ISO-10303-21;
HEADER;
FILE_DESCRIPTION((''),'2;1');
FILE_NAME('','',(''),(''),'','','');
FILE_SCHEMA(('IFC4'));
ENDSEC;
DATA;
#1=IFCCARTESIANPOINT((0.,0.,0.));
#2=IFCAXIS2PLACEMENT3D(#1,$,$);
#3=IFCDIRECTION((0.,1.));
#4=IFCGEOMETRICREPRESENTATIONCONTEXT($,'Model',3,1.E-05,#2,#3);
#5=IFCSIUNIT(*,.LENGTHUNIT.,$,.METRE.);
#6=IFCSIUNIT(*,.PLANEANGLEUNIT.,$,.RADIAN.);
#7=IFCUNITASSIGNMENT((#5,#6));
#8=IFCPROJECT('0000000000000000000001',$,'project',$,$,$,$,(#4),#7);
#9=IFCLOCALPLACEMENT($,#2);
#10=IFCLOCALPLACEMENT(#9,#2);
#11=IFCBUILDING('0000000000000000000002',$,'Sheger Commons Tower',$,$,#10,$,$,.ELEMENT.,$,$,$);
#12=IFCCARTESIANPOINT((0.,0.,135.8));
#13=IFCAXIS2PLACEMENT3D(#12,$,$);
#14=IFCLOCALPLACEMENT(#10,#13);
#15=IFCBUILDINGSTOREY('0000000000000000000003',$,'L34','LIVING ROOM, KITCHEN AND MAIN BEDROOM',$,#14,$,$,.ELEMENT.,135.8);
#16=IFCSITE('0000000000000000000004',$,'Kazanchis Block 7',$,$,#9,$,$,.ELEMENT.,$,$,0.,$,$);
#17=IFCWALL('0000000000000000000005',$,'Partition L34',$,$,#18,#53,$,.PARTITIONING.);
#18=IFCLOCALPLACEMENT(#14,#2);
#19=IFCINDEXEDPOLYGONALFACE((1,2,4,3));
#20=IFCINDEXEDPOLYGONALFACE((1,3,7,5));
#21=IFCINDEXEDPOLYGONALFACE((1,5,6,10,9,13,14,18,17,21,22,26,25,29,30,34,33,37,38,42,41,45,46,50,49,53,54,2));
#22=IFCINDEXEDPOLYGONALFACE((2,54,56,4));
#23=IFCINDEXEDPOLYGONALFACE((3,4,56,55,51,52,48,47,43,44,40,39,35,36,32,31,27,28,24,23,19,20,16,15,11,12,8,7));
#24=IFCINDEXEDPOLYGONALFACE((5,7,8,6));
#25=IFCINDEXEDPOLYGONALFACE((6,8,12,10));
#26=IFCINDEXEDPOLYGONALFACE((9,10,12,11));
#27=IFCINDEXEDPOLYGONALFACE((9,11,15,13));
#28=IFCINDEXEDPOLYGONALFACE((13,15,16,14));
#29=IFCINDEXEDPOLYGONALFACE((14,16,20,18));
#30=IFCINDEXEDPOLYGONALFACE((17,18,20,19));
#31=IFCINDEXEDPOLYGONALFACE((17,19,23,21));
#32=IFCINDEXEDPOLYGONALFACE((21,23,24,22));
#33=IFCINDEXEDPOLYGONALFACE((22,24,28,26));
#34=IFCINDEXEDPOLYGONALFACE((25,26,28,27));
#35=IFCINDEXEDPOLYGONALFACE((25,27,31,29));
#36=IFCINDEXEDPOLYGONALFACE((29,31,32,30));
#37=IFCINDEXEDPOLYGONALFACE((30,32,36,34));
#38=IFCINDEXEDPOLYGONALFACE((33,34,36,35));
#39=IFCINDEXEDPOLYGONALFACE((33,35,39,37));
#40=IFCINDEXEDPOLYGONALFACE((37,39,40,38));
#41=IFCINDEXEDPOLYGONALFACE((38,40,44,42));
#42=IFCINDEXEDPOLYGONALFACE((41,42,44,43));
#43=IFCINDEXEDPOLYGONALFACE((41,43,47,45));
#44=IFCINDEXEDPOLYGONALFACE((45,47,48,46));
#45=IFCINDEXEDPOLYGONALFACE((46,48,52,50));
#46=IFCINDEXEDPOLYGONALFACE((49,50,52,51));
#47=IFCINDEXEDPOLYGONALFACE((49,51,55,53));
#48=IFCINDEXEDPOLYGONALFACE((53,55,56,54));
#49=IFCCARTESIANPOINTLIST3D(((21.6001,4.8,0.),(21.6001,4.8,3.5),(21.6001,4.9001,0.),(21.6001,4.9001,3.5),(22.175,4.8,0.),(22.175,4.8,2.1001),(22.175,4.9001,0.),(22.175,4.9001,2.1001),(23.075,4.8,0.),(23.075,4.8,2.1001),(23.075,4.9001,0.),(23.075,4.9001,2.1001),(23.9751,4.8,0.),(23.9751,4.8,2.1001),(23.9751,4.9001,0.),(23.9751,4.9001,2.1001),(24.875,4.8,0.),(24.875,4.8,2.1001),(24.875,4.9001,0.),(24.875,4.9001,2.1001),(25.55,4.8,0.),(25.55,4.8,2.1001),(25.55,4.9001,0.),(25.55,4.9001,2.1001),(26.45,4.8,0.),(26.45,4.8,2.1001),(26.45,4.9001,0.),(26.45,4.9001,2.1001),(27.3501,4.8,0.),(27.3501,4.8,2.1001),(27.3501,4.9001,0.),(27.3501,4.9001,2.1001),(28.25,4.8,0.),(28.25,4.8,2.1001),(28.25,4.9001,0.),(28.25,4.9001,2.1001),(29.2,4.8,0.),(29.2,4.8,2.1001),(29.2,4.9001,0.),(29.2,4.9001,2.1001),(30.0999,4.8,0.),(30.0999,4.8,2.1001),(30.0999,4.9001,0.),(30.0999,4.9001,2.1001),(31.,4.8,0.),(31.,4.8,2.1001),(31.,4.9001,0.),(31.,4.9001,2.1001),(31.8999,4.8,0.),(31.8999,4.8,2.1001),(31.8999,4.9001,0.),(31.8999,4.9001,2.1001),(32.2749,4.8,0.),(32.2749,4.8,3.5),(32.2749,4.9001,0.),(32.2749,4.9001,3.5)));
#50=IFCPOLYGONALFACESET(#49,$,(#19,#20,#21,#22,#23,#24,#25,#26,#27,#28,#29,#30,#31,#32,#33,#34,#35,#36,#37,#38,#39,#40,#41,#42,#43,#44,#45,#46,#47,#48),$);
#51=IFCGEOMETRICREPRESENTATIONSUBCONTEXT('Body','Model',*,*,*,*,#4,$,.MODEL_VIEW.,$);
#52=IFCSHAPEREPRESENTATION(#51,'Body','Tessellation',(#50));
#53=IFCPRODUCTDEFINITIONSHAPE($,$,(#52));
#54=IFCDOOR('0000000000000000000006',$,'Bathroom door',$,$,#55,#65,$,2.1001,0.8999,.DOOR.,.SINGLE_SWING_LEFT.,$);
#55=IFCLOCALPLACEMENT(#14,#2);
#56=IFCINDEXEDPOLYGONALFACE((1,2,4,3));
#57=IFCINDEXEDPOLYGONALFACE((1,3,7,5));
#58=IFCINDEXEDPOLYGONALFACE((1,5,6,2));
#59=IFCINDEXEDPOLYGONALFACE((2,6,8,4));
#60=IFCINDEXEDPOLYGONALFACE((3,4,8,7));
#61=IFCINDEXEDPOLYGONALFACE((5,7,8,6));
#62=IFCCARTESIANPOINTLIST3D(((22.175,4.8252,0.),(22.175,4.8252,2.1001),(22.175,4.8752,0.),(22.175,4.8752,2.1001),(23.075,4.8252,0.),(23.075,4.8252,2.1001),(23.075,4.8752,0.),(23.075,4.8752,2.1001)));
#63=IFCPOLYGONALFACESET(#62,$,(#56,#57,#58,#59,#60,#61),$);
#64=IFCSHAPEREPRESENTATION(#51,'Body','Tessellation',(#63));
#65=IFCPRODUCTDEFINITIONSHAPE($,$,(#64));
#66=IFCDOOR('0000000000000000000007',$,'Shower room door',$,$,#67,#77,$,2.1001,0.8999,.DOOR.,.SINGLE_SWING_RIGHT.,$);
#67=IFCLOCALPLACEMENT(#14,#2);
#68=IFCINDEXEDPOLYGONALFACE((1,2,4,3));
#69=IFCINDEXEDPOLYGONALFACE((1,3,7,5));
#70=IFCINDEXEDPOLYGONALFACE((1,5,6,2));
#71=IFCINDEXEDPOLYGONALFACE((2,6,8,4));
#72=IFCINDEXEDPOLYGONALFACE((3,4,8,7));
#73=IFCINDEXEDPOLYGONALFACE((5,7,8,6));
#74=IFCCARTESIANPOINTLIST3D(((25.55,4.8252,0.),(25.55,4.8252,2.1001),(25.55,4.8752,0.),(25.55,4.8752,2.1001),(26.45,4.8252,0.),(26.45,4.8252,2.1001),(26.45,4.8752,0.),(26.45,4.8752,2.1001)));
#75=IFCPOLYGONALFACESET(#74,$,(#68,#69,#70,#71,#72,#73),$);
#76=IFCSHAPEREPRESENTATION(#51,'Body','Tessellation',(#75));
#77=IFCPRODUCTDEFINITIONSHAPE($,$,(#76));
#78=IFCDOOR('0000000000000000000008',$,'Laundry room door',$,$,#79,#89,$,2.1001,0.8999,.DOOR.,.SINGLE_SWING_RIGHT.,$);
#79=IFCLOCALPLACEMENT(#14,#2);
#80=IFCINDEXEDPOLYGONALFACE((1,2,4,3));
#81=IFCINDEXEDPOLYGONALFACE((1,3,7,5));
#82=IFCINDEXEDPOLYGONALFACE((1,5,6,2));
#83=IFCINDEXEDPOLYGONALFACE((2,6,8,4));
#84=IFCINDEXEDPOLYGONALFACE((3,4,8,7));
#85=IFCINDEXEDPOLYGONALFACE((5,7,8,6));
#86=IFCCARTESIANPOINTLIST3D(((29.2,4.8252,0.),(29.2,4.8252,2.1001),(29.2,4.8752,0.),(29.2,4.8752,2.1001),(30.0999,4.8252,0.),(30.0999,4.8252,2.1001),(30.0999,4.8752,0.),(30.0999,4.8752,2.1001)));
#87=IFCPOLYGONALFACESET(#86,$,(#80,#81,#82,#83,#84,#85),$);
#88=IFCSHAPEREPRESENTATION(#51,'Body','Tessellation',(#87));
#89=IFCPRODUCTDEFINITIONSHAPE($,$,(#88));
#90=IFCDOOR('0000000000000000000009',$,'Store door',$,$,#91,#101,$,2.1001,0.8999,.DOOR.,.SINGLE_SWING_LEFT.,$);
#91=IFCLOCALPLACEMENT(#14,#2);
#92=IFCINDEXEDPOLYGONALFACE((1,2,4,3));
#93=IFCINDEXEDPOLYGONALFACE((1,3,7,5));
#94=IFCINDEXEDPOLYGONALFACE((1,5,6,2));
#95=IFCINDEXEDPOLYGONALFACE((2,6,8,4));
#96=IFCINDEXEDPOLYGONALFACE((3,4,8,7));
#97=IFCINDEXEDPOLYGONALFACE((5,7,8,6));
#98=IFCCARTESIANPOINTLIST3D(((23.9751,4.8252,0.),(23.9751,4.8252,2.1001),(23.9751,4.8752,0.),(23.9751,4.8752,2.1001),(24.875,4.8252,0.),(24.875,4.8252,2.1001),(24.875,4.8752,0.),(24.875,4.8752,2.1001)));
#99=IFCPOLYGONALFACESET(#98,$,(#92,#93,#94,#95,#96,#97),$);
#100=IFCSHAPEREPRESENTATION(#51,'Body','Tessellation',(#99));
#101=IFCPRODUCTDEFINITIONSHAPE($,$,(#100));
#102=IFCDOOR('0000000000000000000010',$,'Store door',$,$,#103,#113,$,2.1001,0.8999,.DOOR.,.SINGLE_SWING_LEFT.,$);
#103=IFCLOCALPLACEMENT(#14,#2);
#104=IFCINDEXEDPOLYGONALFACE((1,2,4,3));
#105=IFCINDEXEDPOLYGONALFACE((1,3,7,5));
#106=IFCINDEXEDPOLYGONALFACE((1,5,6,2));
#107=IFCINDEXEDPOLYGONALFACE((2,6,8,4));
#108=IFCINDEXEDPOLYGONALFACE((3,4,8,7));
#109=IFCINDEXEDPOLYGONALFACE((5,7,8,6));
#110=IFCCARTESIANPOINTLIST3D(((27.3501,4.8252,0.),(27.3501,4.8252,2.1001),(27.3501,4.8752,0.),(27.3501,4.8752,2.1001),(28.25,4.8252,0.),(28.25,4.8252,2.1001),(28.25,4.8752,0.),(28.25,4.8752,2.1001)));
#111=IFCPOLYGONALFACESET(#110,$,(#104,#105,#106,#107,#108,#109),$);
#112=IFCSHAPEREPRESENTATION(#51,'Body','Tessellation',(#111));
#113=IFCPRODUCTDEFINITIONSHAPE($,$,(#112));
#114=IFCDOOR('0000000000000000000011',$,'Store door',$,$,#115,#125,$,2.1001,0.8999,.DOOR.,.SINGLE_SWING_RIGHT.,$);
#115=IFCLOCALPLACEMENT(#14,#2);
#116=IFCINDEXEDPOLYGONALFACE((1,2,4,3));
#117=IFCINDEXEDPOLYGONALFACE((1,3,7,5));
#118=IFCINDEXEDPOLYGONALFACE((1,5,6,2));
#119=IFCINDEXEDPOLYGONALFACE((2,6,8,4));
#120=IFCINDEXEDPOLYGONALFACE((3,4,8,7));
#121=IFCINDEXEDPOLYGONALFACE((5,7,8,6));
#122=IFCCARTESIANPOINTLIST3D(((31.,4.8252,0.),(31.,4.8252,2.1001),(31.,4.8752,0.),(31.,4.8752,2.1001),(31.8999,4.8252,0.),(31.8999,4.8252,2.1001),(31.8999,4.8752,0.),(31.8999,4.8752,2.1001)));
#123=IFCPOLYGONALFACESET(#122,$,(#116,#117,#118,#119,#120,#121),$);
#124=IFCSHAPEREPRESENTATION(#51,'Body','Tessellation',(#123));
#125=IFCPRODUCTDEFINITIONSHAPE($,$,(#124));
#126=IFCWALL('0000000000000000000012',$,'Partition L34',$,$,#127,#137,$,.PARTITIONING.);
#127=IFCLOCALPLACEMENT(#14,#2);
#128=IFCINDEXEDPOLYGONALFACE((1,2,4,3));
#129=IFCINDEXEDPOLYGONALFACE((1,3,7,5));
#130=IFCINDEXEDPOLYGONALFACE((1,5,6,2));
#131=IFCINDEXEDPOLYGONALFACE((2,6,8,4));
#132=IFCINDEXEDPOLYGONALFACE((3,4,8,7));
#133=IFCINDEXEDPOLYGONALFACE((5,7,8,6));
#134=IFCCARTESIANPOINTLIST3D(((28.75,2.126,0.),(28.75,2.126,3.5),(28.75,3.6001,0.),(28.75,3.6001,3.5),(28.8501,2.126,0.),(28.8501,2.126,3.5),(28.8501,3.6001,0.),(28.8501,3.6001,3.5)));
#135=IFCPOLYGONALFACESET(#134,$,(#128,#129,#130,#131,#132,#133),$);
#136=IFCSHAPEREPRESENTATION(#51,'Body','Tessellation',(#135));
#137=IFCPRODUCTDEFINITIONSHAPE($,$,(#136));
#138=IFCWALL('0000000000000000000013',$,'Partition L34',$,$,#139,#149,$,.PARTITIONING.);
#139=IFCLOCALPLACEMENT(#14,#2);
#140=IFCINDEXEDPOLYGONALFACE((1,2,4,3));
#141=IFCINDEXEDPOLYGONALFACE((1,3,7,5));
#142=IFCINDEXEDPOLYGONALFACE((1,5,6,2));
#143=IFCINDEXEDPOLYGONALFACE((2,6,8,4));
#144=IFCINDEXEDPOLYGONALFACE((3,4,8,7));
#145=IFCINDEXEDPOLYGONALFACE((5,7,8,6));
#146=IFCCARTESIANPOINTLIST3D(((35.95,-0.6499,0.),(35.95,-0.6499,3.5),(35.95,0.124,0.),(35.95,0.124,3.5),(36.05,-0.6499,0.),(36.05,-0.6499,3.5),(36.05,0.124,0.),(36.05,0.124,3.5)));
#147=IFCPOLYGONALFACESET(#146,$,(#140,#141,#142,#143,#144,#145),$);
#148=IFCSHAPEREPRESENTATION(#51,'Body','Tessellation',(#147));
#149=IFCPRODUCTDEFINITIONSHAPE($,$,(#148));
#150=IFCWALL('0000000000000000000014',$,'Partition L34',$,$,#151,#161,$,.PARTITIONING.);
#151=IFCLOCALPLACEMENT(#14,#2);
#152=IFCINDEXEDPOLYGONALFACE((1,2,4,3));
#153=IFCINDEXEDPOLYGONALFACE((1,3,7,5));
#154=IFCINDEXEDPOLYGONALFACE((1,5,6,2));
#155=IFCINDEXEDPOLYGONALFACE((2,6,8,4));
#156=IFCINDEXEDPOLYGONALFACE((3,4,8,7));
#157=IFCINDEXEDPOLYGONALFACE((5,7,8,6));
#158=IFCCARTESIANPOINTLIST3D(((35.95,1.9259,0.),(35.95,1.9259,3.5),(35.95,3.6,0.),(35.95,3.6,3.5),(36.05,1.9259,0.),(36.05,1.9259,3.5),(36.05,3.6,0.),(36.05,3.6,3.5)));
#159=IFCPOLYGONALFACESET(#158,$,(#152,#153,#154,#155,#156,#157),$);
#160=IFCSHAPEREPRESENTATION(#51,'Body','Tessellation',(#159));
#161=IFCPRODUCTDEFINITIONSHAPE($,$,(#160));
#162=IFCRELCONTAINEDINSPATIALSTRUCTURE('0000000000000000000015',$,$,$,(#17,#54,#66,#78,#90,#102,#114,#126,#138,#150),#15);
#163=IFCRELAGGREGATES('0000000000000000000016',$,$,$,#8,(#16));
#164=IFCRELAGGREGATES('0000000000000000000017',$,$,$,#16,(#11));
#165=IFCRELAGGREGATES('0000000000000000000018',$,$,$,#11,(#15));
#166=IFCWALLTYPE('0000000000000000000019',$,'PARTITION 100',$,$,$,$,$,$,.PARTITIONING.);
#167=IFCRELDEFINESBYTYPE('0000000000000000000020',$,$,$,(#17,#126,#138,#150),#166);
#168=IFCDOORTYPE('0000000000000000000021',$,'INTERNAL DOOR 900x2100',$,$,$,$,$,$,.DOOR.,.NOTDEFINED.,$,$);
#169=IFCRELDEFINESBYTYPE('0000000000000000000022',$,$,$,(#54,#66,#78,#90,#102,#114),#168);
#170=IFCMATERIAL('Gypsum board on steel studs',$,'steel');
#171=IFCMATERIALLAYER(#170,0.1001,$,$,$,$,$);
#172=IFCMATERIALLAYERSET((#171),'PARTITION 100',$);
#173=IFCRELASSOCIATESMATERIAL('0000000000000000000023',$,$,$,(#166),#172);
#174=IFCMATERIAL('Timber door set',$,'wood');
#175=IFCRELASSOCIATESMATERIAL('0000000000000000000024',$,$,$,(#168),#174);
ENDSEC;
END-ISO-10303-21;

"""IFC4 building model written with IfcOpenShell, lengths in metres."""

from ifc_helpers import new_model, si_unit, direction, frame, frame_2d, origin, place, context, subcontext, project, spatial, rectangle, extrude, material, layer, layer_set, type_object, element, fill, save


model = new_model("IFC4")

# Units and contexts
model_context = context("Model", 3, precision=1e-05, world=origin(), true_north=direction((0.0, 1.0)))
body_context = subcontext(model_context, "Body", "Model", "MODEL_VIEW")
ifc_project = project(units=[si_unit("LENGTHUNIT", "METRE"), si_unit("PLANEANGLEUNIT", "RADIAN")], contexts=[model_context])

# Site, building, storey
site_placement = place(None, origin())
site = spatial("IfcSite", under=ifc_project, at=site_placement, Name="Kazanchis Block 7", CompositionType="ELEMENT", RefElevation=0.0)
building_placement = place(site_placement, origin())
building = spatial("IfcBuilding", under=site, at=building_placement, Name="Sheger Commons Tower", CompositionType="ELEMENT")
storey_placement = place(building_placement, frame((0.0, 0.0, 135.8)))
storey = spatial("IfcBuildingStorey", under=building, at=storey_placement, Name="L34", Description="LIVING ROOM, KITCHEN AND MAIN BEDROOM", CompositionType="ELEMENT", Elevation=135.8)

# Wall, openings, doors
ifc_material_1 = material(Name="Gypsum board on steel studs", Category="steel")
ifc_layer_1 = layer(ifc_material_1, 0.1001)
ifc_layer_set_1 = layer_set([ifc_layer_1], Name="PARTITION 100")
wall_type_1 = type_object("IfcWallType", Name="PARTITION 100", PredefinedType="PARTITIONING", material=ifc_layer_set_1)
ifc_material_2 = material(Name="Timber door set", Category="wood")
door_type = type_object("IfcDoorType", Name="INTERNAL DOOR 900x2100", OperationType="NOTDEFINED", PredefinedType="DOOR", material=ifc_material_2)
wall_1_placement = place(storey_placement, frame((32.2749, 4.8501, 0.0), z_axis=(0.0, 0.0, 1.0), x_axis=(-1.0, 0.0, 0.0)))
wall_1 = element("IfcWall", 1, at=wall_1_placement, inside=storey, type_object=wall_type_1, Name="Partition L34", PredefinedType="PARTITIONING", context=body_context, shape_type="SweptSolid", body=[
    extrude(rectangle(XDim=10.6748, YDim=0.1001, at=frame_2d((5.3374, 0.0))), origin(), (0.0, 0.0, 1.0), 3.5),
])
opening_1_placement = place(wall_1_placement, frame((9.2, 0.0, 0.0)))
opening_1 = element("IfcOpeningElement", 2, at=opening_1_placement, cuts=wall_1, PredefinedType="OPENING", context=body_context, shape_type="SweptSolid", body=[
    extrude(rectangle(XDim=0.8999, YDim=2.1001, at=frame_2d((0.45, 1.05))), frame((0.0, 0.0601, 0.0), z_axis=(0.0, -1.0, 0.0), x_axis=(1.0, 0.0, 0.0)), (0.0, 0.0, 1.0), 0.1201),
])
opening_2_placement = place(wall_1_placement, frame((5.825, 0.0, 0.0)))
opening_2 = element("IfcOpeningElement", 3, at=opening_2_placement, cuts=wall_1, PredefinedType="OPENING", context=body_context, shape_type="SweptSolid", body=[
    extrude(rectangle(XDim=0.8999, YDim=2.1001, at=frame_2d((0.45, 1.05))), frame((0.0, 0.0601, 0.0), z_axis=(0.0, -1.0, 0.0), x_axis=(1.0, 0.0, 0.0)), (0.0, 0.0, 1.0), 0.1201),
])
opening_3_placement = place(wall_1_placement, frame((2.175, 0.0, 0.0)))
opening_3 = element("IfcOpeningElement", 4, at=opening_3_placement, cuts=wall_1, PredefinedType="OPENING", context=body_context, shape_type="SweptSolid", body=[
    extrude(rectangle(XDim=0.8999, YDim=2.1001, at=frame_2d((0.45, 1.05))), frame((0.0, 0.0601, 0.0), z_axis=(0.0, -1.0, 0.0), x_axis=(1.0, 0.0, 0.0)), (0.0, 0.0, 1.0), 0.1201),
])
opening_4_placement = place(wall_1_placement, frame((7.3999, 0.0, 0.0)))
opening_4 = element("IfcOpeningElement", 5, at=opening_4_placement, cuts=wall_1, PredefinedType="OPENING", context=body_context, shape_type="SweptSolid", body=[
    extrude(rectangle(XDim=0.8999, YDim=2.1001, at=frame_2d((0.45, 1.05))), frame((0.0, 0.0601, 0.0), z_axis=(0.0, -1.0, 0.0), x_axis=(1.0, 0.0, 0.0)), (0.0, 0.0, 1.0), 0.1201),
])
opening_5_placement = place(wall_1_placement, frame((4.0249, 0.0, 0.0)))
opening_5 = element("IfcOpeningElement", 6, at=opening_5_placement, cuts=wall_1, PredefinedType="OPENING", context=body_context, shape_type="SweptSolid", body=[
    extrude(rectangle(XDim=0.8999, YDim=2.1001, at=frame_2d((0.45, 1.05))), frame((0.0, 0.0601, 0.0), z_axis=(0.0, -1.0, 0.0), x_axis=(1.0, 0.0, 0.0)), (0.0, 0.0, 1.0), 0.1201),
])
opening_6_placement = place(wall_1_placement, frame((0.375, 0.0, 0.0)))
opening_6 = element("IfcOpeningElement", 7, at=opening_6_placement, cuts=wall_1, PredefinedType="OPENING", context=body_context, shape_type="SweptSolid", body=[
    extrude(rectangle(XDim=0.8999, YDim=2.1001, at=frame_2d((0.45, 1.05))), frame((0.0, 0.0601, 0.0), z_axis=(0.0, -1.0, 0.0), x_axis=(1.0, 0.0, 0.0)), (0.0, 0.0, 1.0), 0.1201),
])
door_1_placement = place(opening_1_placement, origin())
door_1 = element("IfcDoor", 8, at=door_1_placement, inside=storey, type_object=door_type, Name="Bathroom door", OperationType="SINGLE_SWING_LEFT", OverallHeight=2.1001, OverallWidth=0.8999, PredefinedType="DOOR", context=body_context, shape_type="SweptSolid", body=[
    extrude(rectangle(XDim=0.8999, YDim=2.1001, at=frame_2d((0.45, 1.05))), frame((0.0, 0.0249, 0.0), z_axis=(0.0, -1.0, 0.0), x_axis=(1.0, 0.0, 0.0)), (0.0, 0.0, 1.0), 0.05),
])
fill(opening_1, door_1)
door_2_placement = place(opening_2_placement, origin())
door_2 = element("IfcDoor", 9, at=door_2_placement, inside=storey, type_object=door_type, Name="Shower room door", OperationType="SINGLE_SWING_RIGHT", OverallHeight=2.1001, OverallWidth=0.8999, PredefinedType="DOOR", context=body_context, shape_type="SweptSolid", body=[
    extrude(rectangle(XDim=0.8999, YDim=2.1001, at=frame_2d((0.45, 1.05))), frame((0.0, 0.0249, 0.0), z_axis=(0.0, -1.0, 0.0), x_axis=(1.0, 0.0, 0.0)), (0.0, 0.0, 1.0), 0.05),
])
fill(opening_2, door_2)
door_3_placement = place(opening_3_placement, origin())
door_3 = element("IfcDoor", 10, at=door_3_placement, inside=storey, type_object=door_type, Name="Laundry room door", OperationType="SINGLE_SWING_RIGHT", OverallHeight=2.1001, OverallWidth=0.8999, PredefinedType="DOOR", context=body_context, shape_type="SweptSolid", body=[
    extrude(rectangle(XDim=0.8999, YDim=2.1001, at=frame_2d((0.45, 1.05))), frame((0.0, 0.0249, 0.0), z_axis=(0.0, -1.0, 0.0), x_axis=(1.0, 0.0, 0.0)), (0.0, 0.0, 1.0), 0.05),
])
fill(opening_3, door_3)
door_4_placement = place(opening_4_placement, origin())
door_4 = element("IfcDoor", 11, at=door_4_placement, inside=storey, type_object=door_type, Name="Store door", OperationType="SINGLE_SWING_LEFT", OverallHeight=2.1001, OverallWidth=0.8999, PredefinedType="DOOR", context=body_context, shape_type="SweptSolid", body=[
    extrude(rectangle(XDim=0.8999, YDim=2.1001, at=frame_2d((0.45, 1.05))), frame((0.0, 0.0249, 0.0), z_axis=(0.0, -1.0, 0.0), x_axis=(1.0, 0.0, 0.0)), (0.0, 0.0, 1.0), 0.05),
])
fill(opening_4, door_4)
door_5_placement = place(opening_5_placement, origin())
door_5 = element("IfcDoor", 12, at=door_5_placement, inside=storey, type_object=door_type, Name="Store door", OperationType="SINGLE_SWING_LEFT", OverallHeight=2.1001, OverallWidth=0.8999, PredefinedType="DOOR", context=body_context, shape_type="SweptSolid", body=[
    extrude(rectangle(XDim=0.8999, YDim=2.1001, at=frame_2d((0.45, 1.05))), frame((0.0, 0.0249, 0.0), z_axis=(0.0, -1.0, 0.0), x_axis=(1.0, 0.0, 0.0)), (0.0, 0.0, 1.0), 0.05),
])
fill(opening_5, door_5)
door_6_placement = place(opening_6_placement, origin())
door_6 = element("IfcDoor", 13, at=door_6_placement, inside=storey, type_object=door_type, Name="Store door", OperationType="SINGLE_SWING_RIGHT", OverallHeight=2.1001, OverallWidth=0.8999, PredefinedType="DOOR", context=body_context, shape_type="SweptSolid", body=[
    extrude(rectangle(XDim=0.8999, YDim=2.1001, at=frame_2d((0.45, 1.05))), frame((0.0, 0.0249, 0.0), z_axis=(0.0, -1.0, 0.0), x_axis=(1.0, 0.0, 0.0)), (0.0, 0.0, 1.0), 0.05),
])
fill(opening_6, door_6)

# Walls
wall_2_placement = place(storey_placement, frame((28.8, 2.126, 0.0), z_axis=(0.0, 0.0, 1.0), x_axis=(0.0, 1.0, 0.0)))
element("IfcWall", 14, at=wall_2_placement, inside=storey, type_object=wall_type_1, Name="Partition L34", PredefinedType="PARTITIONING", context=body_context, shape_type="SweptSolid", body=[
    extrude(rectangle(XDim=1.4741, YDim=0.1001, at=frame_2d((0.7371, 0.0))), origin(), (0.0, 0.0, 1.0), 3.5),
])
wall_3_placement = place(storey_placement, frame((36.0, -0.6499, 0.0), z_axis=(0.0, 0.0, 1.0), x_axis=(0.0, 1.0, 0.0)))
element("IfcWall", 15, at=wall_3_placement, inside=storey, type_object=wall_type_1, Name="Partition L34", PredefinedType="PARTITIONING", context=body_context, shape_type="SweptSolid", body=[
    extrude(rectangle(XDim=0.7739, YDim=0.1001, at=frame_2d((0.387, 0.0))), origin(), (0.0, 0.0, 1.0), 3.5),
])
wall_4_placement = place(storey_placement, frame((36.0, 1.926, 0.0), z_axis=(0.0, 0.0, 1.0), x_axis=(0.0, 1.0, 0.0)))
element("IfcWall", 16, at=wall_4_placement, inside=storey, type_object=wall_type_1, Name="Partition L34", PredefinedType="PARTITIONING", context=body_context, shape_type="SweptSolid", body=[
    extrude(rectangle(XDim=1.6741, YDim=0.1001, at=frame_2d((0.8369, 0.0))), origin(), (0.0, 0.0, 1.0), 3.5),
])

save(model, "model.ifc")
